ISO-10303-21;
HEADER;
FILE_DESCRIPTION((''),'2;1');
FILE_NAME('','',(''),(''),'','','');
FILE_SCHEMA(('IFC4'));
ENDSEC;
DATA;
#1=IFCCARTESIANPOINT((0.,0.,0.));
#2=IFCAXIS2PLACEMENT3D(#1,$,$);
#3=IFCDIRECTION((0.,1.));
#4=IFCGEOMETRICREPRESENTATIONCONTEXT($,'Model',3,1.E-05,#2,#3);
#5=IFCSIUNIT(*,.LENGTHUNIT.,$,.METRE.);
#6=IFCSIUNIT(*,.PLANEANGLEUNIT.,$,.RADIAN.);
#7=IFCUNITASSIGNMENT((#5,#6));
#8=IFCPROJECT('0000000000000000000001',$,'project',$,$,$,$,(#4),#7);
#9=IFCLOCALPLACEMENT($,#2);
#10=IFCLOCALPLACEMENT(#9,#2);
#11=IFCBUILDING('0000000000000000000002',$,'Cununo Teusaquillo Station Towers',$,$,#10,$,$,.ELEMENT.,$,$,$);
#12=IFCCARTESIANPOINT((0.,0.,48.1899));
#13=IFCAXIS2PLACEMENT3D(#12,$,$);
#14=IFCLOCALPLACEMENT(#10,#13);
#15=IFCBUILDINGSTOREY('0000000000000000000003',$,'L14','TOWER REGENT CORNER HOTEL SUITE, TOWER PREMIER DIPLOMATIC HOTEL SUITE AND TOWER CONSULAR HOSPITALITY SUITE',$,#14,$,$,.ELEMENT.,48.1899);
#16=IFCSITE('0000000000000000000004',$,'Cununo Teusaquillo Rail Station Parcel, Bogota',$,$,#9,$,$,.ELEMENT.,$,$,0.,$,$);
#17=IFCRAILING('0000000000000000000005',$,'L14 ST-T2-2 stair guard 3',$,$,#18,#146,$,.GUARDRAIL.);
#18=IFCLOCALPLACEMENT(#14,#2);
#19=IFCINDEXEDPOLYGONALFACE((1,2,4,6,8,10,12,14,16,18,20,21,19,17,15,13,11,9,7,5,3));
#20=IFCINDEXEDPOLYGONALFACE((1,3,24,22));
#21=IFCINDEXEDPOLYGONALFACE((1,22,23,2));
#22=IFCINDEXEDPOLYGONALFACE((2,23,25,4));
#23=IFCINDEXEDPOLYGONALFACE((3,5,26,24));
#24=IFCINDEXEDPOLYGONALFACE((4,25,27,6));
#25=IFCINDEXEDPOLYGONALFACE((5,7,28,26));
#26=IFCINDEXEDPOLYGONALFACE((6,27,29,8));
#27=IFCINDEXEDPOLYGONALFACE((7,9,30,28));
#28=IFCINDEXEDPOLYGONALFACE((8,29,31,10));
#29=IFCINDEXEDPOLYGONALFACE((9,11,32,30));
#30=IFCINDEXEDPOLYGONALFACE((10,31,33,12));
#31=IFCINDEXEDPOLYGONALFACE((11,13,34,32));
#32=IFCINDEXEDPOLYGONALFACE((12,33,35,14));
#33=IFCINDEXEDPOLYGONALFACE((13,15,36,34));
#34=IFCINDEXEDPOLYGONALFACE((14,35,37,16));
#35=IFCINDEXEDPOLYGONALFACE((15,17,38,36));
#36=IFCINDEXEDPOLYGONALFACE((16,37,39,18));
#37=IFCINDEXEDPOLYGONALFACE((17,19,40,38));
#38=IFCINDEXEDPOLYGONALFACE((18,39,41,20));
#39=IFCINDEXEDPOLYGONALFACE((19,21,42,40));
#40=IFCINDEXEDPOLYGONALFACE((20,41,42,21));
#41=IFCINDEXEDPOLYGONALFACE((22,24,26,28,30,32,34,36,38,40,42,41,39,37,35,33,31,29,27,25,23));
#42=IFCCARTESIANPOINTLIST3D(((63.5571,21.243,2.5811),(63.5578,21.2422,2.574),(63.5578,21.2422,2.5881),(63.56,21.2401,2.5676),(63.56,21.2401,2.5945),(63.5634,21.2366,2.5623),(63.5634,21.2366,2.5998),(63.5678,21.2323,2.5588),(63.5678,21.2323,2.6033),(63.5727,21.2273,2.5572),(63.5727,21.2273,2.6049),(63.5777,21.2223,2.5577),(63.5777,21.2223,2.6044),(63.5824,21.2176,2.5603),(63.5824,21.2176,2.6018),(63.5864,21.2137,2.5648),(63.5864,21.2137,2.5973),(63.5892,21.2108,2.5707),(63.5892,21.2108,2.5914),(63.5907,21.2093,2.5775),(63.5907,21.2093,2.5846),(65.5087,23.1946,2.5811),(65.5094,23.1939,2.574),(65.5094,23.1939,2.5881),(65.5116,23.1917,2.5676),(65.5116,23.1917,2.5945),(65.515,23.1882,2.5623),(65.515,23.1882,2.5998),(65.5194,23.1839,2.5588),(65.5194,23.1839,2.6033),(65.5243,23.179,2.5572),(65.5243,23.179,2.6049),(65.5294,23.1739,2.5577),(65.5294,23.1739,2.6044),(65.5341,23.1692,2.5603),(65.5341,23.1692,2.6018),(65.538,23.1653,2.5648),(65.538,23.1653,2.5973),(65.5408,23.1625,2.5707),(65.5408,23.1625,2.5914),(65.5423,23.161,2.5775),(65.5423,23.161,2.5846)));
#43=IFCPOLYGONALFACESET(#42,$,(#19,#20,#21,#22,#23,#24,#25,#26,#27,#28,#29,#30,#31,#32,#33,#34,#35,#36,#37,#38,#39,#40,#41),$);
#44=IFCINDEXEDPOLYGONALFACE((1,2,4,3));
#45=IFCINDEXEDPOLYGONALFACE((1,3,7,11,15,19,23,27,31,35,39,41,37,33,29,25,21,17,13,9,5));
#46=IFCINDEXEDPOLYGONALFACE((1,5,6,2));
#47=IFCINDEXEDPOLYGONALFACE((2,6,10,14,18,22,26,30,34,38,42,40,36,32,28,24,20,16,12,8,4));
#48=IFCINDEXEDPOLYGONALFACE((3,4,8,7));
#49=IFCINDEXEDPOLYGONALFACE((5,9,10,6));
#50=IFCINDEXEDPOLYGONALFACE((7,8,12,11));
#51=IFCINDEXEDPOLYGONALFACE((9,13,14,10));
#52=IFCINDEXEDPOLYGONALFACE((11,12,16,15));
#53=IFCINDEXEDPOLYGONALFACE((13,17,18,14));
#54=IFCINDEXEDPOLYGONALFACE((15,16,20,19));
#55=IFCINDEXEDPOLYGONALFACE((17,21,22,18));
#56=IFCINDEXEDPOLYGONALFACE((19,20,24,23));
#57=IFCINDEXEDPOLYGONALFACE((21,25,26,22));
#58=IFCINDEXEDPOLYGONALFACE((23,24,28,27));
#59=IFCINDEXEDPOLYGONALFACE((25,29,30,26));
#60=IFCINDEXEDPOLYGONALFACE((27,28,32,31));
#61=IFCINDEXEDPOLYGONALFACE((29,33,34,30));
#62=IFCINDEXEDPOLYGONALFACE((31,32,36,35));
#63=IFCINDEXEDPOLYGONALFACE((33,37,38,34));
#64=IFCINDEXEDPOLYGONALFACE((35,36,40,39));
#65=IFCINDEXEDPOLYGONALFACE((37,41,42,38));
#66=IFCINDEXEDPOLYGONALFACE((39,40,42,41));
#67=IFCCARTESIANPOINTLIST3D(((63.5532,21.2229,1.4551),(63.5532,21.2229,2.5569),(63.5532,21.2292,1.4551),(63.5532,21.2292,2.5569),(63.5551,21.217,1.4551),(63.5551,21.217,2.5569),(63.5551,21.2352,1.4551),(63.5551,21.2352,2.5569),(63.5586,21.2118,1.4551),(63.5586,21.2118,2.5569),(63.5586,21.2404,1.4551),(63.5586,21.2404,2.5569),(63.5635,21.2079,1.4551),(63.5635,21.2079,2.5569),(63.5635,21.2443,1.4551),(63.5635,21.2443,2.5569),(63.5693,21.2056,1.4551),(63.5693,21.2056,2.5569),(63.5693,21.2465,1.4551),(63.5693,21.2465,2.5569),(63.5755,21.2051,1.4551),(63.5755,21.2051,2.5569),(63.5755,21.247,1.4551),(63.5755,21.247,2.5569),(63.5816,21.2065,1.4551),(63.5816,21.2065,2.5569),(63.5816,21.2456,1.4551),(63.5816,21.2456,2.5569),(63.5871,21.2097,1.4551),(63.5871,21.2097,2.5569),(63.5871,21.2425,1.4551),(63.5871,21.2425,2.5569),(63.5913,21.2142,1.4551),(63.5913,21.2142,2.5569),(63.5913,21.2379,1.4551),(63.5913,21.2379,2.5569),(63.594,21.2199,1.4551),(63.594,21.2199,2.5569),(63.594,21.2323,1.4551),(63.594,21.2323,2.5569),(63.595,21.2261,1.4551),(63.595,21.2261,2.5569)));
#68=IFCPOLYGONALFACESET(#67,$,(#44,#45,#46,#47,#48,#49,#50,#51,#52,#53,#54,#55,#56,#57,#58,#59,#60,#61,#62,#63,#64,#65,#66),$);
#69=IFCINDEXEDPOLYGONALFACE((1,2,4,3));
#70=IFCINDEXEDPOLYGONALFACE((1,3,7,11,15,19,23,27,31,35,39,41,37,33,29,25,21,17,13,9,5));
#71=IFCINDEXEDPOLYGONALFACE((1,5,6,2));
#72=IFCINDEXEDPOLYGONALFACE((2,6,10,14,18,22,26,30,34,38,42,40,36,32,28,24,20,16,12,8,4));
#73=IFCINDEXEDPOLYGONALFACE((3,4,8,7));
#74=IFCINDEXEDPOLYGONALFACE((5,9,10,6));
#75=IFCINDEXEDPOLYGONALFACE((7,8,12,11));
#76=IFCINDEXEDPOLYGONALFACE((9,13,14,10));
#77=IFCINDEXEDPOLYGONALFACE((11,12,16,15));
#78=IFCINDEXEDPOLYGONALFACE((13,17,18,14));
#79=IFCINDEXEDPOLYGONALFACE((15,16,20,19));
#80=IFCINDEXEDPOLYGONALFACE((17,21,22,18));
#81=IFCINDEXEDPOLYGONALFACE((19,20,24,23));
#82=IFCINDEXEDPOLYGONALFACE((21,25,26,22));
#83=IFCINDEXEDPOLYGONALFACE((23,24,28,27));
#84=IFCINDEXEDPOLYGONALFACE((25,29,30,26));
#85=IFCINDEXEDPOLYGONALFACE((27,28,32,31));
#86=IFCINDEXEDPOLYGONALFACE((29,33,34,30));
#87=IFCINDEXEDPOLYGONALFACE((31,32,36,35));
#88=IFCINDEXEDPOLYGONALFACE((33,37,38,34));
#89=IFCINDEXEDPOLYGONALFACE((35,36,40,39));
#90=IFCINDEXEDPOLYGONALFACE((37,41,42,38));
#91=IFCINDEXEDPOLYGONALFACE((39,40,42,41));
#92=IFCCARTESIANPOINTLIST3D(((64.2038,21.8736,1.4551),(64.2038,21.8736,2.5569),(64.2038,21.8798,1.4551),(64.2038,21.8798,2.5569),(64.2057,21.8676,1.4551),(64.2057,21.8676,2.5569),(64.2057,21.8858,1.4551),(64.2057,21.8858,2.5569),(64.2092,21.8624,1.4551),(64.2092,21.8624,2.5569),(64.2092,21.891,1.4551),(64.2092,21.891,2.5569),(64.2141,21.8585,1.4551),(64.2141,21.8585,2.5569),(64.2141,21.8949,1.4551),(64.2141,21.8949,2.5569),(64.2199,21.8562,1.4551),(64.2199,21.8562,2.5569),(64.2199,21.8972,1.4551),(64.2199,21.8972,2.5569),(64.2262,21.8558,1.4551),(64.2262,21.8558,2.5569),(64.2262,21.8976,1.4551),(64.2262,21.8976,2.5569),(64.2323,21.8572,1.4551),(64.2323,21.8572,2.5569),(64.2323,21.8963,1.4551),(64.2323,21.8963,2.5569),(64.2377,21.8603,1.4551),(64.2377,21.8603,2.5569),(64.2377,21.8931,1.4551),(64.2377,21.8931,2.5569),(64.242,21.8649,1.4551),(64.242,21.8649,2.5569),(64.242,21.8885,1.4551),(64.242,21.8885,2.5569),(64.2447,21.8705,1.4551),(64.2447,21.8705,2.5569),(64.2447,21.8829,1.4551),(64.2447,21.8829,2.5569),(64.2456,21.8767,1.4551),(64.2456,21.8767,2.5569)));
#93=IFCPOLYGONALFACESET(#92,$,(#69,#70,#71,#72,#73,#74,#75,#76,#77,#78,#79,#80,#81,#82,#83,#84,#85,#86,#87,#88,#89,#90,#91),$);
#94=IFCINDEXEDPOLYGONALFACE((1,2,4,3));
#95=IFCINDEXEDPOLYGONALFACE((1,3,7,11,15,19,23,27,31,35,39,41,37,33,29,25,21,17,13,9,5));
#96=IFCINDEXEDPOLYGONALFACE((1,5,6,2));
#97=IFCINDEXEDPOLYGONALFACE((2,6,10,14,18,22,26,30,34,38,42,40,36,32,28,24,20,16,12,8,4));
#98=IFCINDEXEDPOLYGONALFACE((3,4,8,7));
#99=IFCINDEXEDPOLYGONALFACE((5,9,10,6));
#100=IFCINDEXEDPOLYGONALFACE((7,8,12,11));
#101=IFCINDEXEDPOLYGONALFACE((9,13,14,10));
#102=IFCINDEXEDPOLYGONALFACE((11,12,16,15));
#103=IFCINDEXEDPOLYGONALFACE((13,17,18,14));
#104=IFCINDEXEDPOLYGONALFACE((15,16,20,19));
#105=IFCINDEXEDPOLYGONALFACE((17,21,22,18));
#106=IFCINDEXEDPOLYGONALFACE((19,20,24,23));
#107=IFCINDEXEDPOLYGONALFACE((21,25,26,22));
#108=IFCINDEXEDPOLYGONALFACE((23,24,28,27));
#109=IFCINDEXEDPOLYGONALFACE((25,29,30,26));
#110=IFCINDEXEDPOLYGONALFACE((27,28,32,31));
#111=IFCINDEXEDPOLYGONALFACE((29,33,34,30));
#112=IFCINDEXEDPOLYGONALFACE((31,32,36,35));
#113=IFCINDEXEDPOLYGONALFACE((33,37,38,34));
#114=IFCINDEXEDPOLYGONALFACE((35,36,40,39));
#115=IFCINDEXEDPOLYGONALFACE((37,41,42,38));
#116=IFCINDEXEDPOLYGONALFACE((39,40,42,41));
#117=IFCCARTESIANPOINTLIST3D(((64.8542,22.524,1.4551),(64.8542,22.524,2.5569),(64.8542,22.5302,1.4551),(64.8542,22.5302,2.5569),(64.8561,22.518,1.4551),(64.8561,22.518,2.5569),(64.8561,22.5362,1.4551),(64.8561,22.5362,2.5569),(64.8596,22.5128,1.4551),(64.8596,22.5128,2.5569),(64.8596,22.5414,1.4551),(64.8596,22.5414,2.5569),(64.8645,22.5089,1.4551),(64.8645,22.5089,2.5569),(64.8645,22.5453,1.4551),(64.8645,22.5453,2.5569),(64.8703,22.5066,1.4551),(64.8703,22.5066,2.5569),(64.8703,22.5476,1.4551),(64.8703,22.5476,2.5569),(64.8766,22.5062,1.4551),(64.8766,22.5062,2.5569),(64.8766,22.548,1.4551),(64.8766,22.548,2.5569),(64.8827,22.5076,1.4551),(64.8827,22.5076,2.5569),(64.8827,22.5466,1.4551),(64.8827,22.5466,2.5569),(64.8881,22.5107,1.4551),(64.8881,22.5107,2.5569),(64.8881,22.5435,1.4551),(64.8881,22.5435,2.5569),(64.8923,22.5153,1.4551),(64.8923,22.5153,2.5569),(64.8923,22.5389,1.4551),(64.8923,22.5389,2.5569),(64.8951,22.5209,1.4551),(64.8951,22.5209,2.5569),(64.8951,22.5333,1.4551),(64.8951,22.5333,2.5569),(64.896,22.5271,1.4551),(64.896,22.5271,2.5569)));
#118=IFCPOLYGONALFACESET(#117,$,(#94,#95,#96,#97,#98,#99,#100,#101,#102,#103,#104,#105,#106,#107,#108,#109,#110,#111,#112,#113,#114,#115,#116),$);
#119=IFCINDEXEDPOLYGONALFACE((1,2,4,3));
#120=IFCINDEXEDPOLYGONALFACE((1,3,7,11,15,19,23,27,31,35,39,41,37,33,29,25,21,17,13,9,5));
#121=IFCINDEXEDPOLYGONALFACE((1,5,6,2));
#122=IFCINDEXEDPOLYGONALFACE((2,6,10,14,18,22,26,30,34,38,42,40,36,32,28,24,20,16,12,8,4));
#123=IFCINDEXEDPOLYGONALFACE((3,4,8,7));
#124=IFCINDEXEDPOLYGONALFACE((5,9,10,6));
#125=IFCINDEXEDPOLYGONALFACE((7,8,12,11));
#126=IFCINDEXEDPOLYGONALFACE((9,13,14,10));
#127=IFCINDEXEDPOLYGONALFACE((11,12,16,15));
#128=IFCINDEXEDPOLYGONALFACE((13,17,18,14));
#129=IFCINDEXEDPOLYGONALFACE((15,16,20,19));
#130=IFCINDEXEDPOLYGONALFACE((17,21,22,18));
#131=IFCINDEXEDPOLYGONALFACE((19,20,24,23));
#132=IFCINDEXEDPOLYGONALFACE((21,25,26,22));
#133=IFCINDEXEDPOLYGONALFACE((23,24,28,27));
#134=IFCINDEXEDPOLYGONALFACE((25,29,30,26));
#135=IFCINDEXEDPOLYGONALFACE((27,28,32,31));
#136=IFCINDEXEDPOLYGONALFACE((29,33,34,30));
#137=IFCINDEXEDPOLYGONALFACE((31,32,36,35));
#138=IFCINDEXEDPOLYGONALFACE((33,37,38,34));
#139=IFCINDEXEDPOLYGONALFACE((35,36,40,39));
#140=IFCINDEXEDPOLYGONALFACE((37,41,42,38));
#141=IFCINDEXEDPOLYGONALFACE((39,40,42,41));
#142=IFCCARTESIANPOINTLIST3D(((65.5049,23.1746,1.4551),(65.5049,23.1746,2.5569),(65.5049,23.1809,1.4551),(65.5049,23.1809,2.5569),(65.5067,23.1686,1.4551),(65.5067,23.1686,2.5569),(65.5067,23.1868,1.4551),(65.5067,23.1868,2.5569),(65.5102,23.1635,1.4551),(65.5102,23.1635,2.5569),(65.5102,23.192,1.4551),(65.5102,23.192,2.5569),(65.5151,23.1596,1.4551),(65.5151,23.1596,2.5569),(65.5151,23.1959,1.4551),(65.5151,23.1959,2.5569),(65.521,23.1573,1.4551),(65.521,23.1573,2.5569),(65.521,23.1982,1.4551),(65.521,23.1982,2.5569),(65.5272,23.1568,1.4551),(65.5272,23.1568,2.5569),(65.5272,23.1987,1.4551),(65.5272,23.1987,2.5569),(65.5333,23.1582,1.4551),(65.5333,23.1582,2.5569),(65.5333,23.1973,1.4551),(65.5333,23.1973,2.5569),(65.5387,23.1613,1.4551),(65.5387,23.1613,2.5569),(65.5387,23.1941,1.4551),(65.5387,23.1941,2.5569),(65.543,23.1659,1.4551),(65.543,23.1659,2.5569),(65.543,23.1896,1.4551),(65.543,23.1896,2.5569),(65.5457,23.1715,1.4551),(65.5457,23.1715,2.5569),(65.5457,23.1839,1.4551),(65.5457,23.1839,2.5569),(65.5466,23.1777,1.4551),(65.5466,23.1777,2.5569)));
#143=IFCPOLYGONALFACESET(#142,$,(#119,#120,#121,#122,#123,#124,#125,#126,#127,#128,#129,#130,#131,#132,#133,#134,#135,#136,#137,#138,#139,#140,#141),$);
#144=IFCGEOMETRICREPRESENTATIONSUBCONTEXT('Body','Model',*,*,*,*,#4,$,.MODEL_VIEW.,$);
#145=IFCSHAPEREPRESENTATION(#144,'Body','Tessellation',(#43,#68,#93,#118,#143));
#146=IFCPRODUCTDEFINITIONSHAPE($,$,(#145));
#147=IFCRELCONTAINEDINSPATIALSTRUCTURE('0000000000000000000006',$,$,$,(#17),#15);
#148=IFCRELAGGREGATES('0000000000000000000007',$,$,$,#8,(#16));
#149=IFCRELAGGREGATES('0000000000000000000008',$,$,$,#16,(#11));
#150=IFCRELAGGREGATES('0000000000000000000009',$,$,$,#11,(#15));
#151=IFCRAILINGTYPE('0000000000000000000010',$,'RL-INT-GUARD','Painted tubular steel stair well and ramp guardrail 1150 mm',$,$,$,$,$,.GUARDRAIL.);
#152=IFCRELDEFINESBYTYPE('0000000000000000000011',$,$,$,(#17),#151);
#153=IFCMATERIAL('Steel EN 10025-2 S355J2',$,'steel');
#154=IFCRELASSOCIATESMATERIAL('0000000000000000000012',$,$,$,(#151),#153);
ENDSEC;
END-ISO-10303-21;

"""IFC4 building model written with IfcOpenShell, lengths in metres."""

from ifc_helpers import new_model, si_unit, direction, frame, origin, origin_2d, place, context, subcontext, project, spatial, circle, extrude, material, type_object, element, save


model = new_model("IFC4")

# Units and contexts
model_context = context("Model", 3, precision=1e-05, world=origin(), true_north=direction((0.0, 1.0)))
body_context = subcontext(model_context, "Body", "Model", "MODEL_VIEW")
ifc_project = project(units=[si_unit("LENGTHUNIT", "METRE"), si_unit("PLANEANGLEUNIT", "RADIAN")], contexts=[model_context])

# Site, building, storey
site_placement = place(None, origin())
site = spatial("IfcSite", under=ifc_project, at=site_placement, Name="Cununo Teusaquillo Rail Station Parcel, Bogota", CompositionType="ELEMENT", RefElevation=0.0)
building_placement = place(site_placement, origin())
building = spatial("IfcBuilding", under=site, at=building_placement, Name="Cununo Teusaquillo Station Towers", CompositionType="ELEMENT")
storey_placement = place(building_placement, frame((0.0, 0.0, 48.1899)))
storey = spatial("IfcBuildingStorey", under=building, at=storey_placement, Name="L14", Description="TOWER REGENT CORNER HOTEL SUITE, TOWER PREMIER DIPLOMATIC HOTEL SUITE AND TOWER CONSULAR HOSPITALITY SUITE", CompositionType="ELEMENT", Elevation=48.1899)

# Railing
ifc_material_1 = material(Name="Steel EN 10025-2 S355J2", Category="steel")
railing_type = type_object("IfcRailingType", Name="RL-INT-GUARD", Description="Painted tubular steel stair well and ramp guardrail 1150 mm", PredefinedType="GUARDRAIL", material=ifc_material_1)
railing_1_placement = place(storey_placement, frame((63.574, 21.2261, 1.4551)))
element("IfcRailing", 1, at=railing_1_placement, inside=storey, type_object=railing_type, Name="L14 ST-T2-2 stair guard 3", PredefinedType="GUARDRAIL", context=body_context, shape_type="SweptSolid", body=[
    extrude(circle(Radius=0.0239, at=origin_2d()), frame((0.0, 0.0, 1.126), z_axis=(0.707107, 0.707107, 0.0), x_axis=(-0.707107, 0.707107, 0.0)), (0.0, 0.0, 1.0), 2.76),
    extrude(circle(Radius=0.021, at=origin_2d()), origin(), (0.0, 0.0, 1.0), 1.1018),
    extrude(circle(Radius=0.021, at=origin_2d()), frame((0.6506, 0.6506, 0.0)), (0.0, 0.0, 1.0), 1.1018),
    extrude(circle(Radius=0.021, at=origin_2d()), frame((1.301, 1.301, 0.0)), (0.0, 0.0, 1.0), 1.1018),
    extrude(circle(Radius=0.021, at=origin_2d()), frame((1.9517, 1.9517, 0.0)), (0.0, 0.0, 1.0), 1.1018),
])

save(model, "model.ifc")
